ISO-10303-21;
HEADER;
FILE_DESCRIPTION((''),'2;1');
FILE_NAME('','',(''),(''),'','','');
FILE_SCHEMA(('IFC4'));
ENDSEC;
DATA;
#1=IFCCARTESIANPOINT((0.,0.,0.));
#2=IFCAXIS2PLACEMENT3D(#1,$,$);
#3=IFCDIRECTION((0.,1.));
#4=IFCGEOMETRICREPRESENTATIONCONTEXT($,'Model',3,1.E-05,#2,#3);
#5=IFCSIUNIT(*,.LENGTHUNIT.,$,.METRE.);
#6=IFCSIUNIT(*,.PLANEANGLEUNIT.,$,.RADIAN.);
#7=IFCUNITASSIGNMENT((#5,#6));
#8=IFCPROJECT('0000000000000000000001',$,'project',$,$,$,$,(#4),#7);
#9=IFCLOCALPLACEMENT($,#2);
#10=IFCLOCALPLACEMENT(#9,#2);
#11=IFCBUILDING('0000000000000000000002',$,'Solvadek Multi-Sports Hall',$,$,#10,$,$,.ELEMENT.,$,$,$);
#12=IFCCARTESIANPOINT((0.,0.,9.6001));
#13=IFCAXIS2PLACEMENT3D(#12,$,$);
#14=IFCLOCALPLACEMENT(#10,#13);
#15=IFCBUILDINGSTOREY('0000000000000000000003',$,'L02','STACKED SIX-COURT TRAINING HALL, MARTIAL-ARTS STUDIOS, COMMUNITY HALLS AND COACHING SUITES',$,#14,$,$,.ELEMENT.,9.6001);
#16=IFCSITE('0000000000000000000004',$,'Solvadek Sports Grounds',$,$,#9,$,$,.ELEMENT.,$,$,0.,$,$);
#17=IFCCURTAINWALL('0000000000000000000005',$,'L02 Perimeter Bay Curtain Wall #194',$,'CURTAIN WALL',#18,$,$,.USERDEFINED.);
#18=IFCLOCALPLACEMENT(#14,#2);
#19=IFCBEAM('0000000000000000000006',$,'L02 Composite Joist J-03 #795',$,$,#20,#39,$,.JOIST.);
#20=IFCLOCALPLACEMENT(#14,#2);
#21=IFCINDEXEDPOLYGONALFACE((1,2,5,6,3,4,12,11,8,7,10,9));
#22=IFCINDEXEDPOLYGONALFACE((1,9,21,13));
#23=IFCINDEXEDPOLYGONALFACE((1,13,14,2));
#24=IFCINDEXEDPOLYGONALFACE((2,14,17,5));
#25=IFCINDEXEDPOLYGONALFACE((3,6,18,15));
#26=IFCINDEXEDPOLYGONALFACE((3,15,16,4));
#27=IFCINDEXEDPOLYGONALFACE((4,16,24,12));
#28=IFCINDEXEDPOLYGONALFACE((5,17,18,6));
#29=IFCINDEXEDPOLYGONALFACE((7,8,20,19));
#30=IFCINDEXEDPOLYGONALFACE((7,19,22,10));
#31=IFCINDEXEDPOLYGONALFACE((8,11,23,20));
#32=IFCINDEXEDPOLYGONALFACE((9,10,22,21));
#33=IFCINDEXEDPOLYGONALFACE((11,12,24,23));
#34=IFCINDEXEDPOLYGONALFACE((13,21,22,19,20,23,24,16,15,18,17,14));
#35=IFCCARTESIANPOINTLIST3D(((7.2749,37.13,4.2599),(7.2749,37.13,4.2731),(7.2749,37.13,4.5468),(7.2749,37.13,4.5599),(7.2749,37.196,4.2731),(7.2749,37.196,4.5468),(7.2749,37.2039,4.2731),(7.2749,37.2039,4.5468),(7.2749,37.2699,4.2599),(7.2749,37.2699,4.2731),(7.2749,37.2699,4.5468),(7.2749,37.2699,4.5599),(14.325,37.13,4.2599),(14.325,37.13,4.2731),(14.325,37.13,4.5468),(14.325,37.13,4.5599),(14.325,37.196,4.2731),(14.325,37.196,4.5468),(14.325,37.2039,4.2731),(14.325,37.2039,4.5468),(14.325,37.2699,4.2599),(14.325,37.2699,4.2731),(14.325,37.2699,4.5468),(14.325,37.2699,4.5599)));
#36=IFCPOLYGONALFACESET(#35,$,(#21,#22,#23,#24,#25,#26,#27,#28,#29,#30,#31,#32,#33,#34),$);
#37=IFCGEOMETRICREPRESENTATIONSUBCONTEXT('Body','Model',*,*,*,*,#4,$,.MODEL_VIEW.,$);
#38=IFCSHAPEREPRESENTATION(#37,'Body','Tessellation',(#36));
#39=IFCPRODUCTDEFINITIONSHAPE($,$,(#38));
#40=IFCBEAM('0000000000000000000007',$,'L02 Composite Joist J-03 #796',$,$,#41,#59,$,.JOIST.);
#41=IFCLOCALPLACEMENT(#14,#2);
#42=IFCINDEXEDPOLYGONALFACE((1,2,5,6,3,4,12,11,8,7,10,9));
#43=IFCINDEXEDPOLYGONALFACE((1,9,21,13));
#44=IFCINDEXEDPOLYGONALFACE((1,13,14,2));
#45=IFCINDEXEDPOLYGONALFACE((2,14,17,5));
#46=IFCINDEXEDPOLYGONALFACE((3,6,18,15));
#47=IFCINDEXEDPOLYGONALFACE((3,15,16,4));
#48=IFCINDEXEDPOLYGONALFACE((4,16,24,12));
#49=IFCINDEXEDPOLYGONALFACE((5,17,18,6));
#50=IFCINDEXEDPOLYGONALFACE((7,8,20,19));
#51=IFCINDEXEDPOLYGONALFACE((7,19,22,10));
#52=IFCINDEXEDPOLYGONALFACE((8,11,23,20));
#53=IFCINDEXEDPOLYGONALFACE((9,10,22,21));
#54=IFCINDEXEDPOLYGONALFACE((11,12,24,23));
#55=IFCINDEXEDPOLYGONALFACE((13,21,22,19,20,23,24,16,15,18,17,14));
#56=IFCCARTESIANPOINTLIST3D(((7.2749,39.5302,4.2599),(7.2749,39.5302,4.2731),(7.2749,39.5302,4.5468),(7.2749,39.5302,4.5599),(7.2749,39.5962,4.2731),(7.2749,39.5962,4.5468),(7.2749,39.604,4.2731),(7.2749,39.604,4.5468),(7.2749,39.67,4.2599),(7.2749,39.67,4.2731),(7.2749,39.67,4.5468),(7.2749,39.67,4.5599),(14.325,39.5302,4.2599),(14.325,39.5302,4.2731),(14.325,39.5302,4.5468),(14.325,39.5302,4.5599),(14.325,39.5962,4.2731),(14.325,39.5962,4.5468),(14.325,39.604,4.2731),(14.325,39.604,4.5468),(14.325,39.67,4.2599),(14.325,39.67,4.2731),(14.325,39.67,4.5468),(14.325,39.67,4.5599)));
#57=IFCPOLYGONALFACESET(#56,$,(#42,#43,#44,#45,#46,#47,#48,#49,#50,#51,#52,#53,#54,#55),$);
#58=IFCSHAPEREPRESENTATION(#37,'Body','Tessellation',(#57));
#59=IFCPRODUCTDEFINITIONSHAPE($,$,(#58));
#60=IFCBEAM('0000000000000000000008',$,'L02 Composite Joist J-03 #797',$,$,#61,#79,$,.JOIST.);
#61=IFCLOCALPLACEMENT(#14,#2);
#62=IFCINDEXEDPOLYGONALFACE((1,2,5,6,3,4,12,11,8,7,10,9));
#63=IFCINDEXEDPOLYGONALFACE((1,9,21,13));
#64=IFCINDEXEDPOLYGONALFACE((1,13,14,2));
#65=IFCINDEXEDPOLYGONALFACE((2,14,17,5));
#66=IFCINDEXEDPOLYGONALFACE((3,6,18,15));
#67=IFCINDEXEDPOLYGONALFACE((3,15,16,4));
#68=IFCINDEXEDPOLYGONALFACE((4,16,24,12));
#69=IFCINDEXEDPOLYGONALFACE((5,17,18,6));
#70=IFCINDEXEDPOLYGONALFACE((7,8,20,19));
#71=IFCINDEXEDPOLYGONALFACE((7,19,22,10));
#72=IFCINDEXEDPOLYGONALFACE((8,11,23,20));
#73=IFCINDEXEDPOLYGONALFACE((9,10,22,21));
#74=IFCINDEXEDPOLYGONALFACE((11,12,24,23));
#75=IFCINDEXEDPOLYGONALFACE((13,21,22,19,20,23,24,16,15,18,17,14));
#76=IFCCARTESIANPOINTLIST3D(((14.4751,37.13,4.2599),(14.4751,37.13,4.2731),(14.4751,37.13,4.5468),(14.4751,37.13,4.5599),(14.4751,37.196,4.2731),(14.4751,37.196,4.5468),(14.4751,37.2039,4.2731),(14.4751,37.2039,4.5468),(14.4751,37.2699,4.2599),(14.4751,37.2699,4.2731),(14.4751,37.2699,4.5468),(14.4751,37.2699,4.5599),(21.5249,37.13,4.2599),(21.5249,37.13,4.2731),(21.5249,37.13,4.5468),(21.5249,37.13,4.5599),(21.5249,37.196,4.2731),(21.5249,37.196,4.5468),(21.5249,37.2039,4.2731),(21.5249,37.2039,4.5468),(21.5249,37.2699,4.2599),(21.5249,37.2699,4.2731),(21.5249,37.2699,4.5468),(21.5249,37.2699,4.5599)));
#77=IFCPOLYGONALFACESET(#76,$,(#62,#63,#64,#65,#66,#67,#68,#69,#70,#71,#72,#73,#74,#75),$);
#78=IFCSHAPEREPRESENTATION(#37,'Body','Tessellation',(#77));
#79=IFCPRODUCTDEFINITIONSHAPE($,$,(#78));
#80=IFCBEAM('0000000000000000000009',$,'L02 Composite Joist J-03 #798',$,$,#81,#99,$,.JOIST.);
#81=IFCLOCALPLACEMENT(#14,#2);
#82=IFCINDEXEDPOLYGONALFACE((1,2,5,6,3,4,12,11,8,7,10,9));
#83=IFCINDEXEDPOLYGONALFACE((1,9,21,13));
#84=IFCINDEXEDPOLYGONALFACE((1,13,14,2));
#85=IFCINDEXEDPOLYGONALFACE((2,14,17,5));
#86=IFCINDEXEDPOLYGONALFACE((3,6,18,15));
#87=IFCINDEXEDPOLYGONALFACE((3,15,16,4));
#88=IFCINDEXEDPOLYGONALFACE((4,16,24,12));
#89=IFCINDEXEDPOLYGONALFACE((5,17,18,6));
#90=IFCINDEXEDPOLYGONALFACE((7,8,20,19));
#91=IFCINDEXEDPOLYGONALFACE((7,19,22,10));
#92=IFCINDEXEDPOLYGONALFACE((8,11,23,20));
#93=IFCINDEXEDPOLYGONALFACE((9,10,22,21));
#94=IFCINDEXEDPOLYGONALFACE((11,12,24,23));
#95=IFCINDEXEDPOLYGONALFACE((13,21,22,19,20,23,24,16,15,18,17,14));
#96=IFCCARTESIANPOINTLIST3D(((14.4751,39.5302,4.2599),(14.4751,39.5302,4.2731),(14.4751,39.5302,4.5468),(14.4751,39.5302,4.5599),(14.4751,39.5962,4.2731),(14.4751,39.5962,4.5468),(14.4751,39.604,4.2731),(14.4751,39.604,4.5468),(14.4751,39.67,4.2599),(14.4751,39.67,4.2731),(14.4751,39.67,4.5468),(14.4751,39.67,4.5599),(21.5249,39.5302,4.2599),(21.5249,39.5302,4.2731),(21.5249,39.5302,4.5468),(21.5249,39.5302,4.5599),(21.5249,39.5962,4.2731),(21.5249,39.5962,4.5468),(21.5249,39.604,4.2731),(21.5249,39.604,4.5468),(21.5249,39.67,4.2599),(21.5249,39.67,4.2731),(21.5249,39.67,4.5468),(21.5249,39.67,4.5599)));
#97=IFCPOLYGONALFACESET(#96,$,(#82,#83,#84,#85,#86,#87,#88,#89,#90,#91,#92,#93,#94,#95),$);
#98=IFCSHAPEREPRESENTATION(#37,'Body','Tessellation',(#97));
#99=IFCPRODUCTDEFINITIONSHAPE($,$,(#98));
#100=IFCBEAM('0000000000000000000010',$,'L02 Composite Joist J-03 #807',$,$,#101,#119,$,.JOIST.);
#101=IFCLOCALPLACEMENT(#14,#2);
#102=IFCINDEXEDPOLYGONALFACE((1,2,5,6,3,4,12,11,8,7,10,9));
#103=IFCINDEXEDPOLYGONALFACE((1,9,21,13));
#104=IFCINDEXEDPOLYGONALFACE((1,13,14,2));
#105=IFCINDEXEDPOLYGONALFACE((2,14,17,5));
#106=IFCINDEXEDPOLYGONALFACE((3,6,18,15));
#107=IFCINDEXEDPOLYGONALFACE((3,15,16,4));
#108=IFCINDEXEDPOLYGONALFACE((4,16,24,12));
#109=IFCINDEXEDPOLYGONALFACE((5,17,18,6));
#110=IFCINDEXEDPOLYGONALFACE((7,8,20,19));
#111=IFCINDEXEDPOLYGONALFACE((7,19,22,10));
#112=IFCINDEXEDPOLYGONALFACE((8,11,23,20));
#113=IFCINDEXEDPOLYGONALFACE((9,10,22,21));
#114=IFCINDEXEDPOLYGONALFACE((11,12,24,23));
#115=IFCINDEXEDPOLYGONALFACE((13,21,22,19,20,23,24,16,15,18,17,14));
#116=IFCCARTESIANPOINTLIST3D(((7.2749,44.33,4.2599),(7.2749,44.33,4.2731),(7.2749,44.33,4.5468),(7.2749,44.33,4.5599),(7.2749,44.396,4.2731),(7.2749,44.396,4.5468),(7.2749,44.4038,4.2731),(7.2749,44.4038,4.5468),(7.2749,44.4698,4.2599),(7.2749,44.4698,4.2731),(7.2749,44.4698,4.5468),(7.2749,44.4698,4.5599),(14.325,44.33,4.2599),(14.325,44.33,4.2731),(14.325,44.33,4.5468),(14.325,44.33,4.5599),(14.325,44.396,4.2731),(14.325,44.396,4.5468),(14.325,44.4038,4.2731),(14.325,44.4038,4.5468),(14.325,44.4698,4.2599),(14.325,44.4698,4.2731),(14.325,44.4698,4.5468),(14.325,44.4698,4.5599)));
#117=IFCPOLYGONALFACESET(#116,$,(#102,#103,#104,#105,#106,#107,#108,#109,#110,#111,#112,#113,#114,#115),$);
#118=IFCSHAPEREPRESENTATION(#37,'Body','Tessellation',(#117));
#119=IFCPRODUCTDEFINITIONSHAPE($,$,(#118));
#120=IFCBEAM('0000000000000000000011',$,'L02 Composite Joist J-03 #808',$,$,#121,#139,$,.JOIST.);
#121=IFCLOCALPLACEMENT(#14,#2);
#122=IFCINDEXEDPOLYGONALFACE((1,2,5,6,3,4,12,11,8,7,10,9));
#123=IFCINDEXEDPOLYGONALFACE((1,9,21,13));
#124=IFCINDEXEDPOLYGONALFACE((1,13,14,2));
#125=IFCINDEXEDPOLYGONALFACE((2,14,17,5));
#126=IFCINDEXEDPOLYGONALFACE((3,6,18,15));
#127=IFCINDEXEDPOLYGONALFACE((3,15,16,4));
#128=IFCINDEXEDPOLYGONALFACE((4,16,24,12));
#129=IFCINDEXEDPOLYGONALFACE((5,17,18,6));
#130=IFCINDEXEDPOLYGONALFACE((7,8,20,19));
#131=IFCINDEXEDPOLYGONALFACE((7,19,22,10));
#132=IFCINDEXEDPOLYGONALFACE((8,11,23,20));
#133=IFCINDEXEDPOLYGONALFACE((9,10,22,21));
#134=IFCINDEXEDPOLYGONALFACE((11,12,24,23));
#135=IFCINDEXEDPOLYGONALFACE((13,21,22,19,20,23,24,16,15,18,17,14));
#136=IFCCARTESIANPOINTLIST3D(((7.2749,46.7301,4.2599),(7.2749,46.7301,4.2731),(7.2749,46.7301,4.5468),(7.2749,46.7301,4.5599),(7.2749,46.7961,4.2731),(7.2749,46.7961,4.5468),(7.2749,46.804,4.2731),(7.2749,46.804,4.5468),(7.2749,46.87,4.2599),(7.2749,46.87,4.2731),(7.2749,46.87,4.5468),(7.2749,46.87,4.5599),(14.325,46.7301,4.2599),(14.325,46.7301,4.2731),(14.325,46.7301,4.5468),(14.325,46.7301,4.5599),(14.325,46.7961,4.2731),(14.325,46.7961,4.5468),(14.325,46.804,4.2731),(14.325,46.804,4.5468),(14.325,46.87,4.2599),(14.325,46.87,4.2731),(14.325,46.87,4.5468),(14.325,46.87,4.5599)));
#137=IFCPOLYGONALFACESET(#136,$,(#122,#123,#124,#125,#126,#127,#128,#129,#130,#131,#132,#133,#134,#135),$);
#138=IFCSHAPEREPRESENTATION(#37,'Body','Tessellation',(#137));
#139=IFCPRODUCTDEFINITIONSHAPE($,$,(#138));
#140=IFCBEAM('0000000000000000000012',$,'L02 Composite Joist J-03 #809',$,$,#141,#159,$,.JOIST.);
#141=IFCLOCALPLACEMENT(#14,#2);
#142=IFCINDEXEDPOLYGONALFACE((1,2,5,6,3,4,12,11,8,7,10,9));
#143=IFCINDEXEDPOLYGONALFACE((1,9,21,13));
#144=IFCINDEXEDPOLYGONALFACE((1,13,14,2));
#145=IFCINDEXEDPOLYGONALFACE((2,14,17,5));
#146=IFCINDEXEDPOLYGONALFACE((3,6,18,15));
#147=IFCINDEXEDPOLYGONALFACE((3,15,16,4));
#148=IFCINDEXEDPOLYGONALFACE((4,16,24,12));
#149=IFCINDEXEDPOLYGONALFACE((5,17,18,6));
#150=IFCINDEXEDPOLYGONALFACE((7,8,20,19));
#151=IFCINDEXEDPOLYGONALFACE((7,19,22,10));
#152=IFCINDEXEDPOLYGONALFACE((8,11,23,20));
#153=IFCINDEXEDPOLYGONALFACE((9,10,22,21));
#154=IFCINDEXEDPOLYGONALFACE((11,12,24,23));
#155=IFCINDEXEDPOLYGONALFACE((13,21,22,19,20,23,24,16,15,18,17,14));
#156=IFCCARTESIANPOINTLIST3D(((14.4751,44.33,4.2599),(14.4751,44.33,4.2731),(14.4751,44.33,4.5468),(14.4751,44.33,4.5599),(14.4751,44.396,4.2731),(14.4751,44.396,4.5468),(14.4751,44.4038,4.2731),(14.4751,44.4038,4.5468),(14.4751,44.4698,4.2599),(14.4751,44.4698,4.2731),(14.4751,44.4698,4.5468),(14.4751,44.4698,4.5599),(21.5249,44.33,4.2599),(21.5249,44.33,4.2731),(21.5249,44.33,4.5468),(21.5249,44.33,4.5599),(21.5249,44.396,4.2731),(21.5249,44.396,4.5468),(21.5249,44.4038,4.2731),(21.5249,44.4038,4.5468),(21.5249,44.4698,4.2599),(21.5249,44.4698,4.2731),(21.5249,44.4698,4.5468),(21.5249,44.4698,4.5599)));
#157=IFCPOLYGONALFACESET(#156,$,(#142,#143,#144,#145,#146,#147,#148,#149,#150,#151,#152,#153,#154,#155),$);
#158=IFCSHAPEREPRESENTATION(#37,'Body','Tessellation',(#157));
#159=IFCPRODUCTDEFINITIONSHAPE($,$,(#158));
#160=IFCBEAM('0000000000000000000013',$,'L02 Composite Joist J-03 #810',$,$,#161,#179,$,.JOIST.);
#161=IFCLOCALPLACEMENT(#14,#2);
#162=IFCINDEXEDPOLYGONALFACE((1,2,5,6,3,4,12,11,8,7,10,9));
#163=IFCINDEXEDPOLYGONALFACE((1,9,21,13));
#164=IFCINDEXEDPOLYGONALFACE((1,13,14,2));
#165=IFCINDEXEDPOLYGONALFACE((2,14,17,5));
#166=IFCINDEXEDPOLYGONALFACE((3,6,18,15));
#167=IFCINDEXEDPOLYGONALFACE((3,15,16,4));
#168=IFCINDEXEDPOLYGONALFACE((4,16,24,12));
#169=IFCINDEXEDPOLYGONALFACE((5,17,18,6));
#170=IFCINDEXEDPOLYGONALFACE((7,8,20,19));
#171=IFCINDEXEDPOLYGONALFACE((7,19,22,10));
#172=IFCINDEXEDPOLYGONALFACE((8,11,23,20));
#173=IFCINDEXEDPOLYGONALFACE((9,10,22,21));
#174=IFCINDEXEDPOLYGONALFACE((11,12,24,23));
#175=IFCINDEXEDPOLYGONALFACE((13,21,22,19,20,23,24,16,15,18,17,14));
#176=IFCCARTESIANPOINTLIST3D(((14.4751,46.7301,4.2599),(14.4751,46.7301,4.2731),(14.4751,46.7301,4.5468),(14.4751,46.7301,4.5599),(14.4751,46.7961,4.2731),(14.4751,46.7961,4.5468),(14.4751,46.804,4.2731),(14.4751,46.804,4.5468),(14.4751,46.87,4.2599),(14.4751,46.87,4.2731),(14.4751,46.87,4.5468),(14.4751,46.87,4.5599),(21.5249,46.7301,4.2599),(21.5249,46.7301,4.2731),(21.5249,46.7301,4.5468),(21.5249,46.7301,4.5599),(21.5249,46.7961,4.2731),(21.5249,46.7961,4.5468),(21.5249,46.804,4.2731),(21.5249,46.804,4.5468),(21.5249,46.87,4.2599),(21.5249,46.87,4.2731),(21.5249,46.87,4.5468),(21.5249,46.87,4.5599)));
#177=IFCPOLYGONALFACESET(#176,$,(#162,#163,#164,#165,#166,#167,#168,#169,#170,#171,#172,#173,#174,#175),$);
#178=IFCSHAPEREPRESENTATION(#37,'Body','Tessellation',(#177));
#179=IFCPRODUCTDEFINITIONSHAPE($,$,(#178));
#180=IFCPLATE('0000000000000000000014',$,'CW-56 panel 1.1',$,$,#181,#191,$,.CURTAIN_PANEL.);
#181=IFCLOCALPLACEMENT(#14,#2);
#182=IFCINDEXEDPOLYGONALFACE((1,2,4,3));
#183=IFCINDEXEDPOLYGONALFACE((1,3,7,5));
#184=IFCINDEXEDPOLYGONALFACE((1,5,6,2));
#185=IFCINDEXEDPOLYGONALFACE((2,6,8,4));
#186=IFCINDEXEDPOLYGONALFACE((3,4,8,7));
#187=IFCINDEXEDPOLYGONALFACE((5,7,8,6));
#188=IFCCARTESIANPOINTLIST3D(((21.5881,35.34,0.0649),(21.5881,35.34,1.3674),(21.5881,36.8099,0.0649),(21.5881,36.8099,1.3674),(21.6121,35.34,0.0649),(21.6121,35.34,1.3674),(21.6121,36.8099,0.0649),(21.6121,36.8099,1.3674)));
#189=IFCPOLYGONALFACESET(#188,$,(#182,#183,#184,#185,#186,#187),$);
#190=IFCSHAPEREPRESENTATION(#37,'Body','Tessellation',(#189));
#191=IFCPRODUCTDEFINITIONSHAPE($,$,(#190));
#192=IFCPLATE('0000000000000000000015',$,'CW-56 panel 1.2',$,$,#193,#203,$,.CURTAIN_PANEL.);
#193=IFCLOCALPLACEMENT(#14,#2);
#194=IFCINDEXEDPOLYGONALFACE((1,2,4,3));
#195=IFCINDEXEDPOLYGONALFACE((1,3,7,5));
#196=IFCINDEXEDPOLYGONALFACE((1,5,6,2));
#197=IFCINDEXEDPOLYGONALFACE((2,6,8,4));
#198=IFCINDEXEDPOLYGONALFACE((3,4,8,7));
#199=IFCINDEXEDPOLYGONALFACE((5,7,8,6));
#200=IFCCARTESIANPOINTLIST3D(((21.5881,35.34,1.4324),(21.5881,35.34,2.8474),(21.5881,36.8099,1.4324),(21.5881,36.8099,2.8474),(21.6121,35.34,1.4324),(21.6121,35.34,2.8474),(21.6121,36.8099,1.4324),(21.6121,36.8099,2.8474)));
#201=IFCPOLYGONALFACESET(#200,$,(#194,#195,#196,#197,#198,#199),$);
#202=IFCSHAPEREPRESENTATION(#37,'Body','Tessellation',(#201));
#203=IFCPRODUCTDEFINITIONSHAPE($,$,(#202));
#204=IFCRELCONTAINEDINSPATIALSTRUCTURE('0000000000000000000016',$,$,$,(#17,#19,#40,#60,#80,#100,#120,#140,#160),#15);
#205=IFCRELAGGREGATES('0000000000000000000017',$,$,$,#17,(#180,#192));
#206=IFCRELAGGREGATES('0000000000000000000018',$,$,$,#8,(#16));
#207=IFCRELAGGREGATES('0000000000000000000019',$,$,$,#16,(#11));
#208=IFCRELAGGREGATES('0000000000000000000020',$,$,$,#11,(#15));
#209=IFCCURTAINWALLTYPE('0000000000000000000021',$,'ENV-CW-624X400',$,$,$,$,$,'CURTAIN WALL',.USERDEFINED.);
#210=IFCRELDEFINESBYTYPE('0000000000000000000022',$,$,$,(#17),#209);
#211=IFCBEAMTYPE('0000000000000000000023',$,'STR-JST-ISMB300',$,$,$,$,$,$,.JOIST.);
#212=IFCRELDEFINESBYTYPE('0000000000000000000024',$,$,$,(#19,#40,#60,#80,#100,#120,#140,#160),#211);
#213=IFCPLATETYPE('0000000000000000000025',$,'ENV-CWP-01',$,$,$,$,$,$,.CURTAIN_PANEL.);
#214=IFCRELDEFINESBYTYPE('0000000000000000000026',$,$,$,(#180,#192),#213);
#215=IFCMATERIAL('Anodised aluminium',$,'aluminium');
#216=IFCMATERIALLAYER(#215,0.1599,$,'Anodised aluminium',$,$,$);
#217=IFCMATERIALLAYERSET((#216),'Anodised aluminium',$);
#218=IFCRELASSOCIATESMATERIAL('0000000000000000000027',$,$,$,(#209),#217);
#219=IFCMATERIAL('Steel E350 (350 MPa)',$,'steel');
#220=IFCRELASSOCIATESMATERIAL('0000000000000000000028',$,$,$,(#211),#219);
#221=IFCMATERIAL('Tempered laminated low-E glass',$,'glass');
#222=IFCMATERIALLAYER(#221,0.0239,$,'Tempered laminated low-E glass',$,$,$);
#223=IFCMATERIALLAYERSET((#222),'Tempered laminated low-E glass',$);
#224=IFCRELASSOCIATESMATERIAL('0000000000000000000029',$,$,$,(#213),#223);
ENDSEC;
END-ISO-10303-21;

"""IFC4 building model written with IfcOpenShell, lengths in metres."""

from ifc_helpers import new_model, si_unit, direction, frame, origin, origin_2d, place, context, subcontext, project, spatial, rectangle, i_section, extrude, material, layer, layer_set, material_profile, profile_set, type_object, element, aggregate, save


model = new_model("IFC4")

# Units and contexts
model_context = context("Model", 3, precision=1e-05, world=origin(), true_north=direction((0.0, 1.0)))
body_context = subcontext(model_context, "Body", "Model", "MODEL_VIEW")
ifc_project = project(units=[si_unit("LENGTHUNIT", "METRE"), si_unit("PLANEANGLEUNIT", "RADIAN")], contexts=[model_context])

# Site, building, storey
site_placement = place(None, origin())
site = spatial("IfcSite", under=ifc_project, at=site_placement, Name="Solvadek Sports Grounds", CompositionType="ELEMENT", RefElevation=0.0)
building_placement = place(site_placement, origin())
building = spatial("IfcBuilding", under=site, at=building_placement, Name="Solvadek Multi-Sports Hall", CompositionType="ELEMENT")
storey_placement = place(building_placement, frame((0.0, 0.0, 9.6001)))
storey = spatial("IfcBuildingStorey", under=building, at=storey_placement, Name="L02", Description="STACKED SIX-COURT TRAINING HALL, MARTIAL-ARTS STUDIOS, COMMUNITY HALLS AND COACHING SUITES", CompositionType="ELEMENT", Elevation=9.6001)

# Shared definitions
ifc_material_1 = material(Name="Steel E350 (350 MPa)", Category="steel")

# Curtain wall
ifc_material_2 = material(Name="Anodised aluminium", Category="aluminium")
ifc_layer_1 = layer(ifc_material_2, 0.1599, Name="Anodised aluminium")
ifc_layer_set_1 = layer_set([ifc_layer_1], Name="Anodised aluminium")
curtain_wall_type = type_object("IfcCurtainWallType", Name="ENV-CW-624X400", ElementType="CURTAIN WALL", PredefinedType="USERDEFINED", material=ifc_layer_set_1)
curtain_wall_placement = place(storey_placement, origin())
curtain_wall = element("IfcCurtainWall", 1, at=curtain_wall_placement, inside=storey, type_object=curtain_wall_type, Name="L02 Perimeter Bay Curtain Wall #194", ObjectType="CURTAIN WALL", PredefinedType="USERDEFINED")

# Beams
ifc_material_profile_1 = material_profile(ifc_material_1, i_section(OverallWidth=0.1399, OverallDepth=0.3, WebThickness=0.0078, FlangeThickness=0.0132, at=origin_2d()), Name="ISMB 300")
ifc_profile_set_1 = profile_set([ifc_material_profile_1], Name="Steel E350 (350 MPa)")
beam_type_1 = type_object("IfcBeamType", Name="STR-JST-ISMB300", PredefinedType="JOIST", material=ifc_profile_set_1)
for number, where, z_axis, x_axis, name in (
    (2, (7.2749, 37.2, 4.4099), (1.0, 0.0, 0.0), (0.0, 1.0, 0.0), "L02 Composite Joist J-03 #795"),
    (3, (7.2749, 39.6001, 4.4099), (1.0, 0.0, 0.0), (0.0, 1.0, 0.0), "L02 Composite Joist J-03 #796"),
):
    element("IfcBeam", number, at=place(storey_placement, frame(where, z_axis=z_axis, x_axis=x_axis)), inside=storey, type_object=beam_type_1, Name=name, PredefinedType="JOIST", context=body_context, shape_type="SweptSolid", body=[
        extrude(i_section(OverallWidth=0.1399, OverallDepth=0.3, WebThickness=0.0078, FlangeThickness=0.0132, at=origin_2d()), origin(), (0.0, 0.0, 1.0), 7.05),
    ])
for number, where, z_axis, x_axis, name in (
    (4, (14.4751, 37.2, 4.4099), (1.0, 0.0, 0.0), (0.0, 1.0, 0.0), "L02 Composite Joist J-03 #797"),
    (5, (14.4751, 39.6001, 4.4099), (1.0, 0.0, 0.0), (0.0, 1.0, 0.0), "L02 Composite Joist J-03 #798"),
):
    element("IfcBeam", number, at=place(storey_placement, frame(where, z_axis=z_axis, x_axis=x_axis)), inside=storey, type_object=beam_type_1, Name=name, PredefinedType="JOIST", context=body_context, shape_type="SweptSolid", body=[
        extrude(i_section(OverallWidth=0.1399, OverallDepth=0.3, WebThickness=0.0078, FlangeThickness=0.0132, at=origin_2d()), origin(), (0.0, 0.0, 1.0), 7.0498),
    ])
for number, where, z_axis, x_axis, name in (
    (6, (7.2749, 44.3999, 4.4099), (1.0, 0.0, 0.0), (0.0, 1.0, 0.0), "L02 Composite Joist J-03 #807"),
    (7, (7.2749, 46.8, 4.4099), (1.0, 0.0, 0.0), (0.0, 1.0, 0.0), "L02 Composite Joist J-03 #808"),
):
    element("IfcBeam", number, at=place(storey_placement, frame(where, z_axis=z_axis, x_axis=x_axis)), inside=storey, type_object=beam_type_1, Name=name, PredefinedType="JOIST", context=body_context, shape_type="SweptSolid", body=[
        extrude(i_section(OverallWidth=0.1399, OverallDepth=0.3, WebThickness=0.0078, FlangeThickness=0.0132, at=origin_2d()), origin(), (0.0, 0.0, 1.0), 7.05),
    ])
for number, where, z_axis, x_axis, name in (
    (8, (14.4751, 44.3999, 4.4099), (1.0, 0.0, 0.0), (0.0, 1.0, 0.0), "L02 Composite Joist J-03 #809"),
    (9, (14.4751, 46.8, 4.4099), (1.0, 0.0, 0.0), (0.0, 1.0, 0.0), "L02 Composite Joist J-03 #810"),
):
    element("IfcBeam", number, at=place(storey_placement, frame(where, z_axis=z_axis, x_axis=x_axis)), inside=storey, type_object=beam_type_1, Name=name, PredefinedType="JOIST", context=body_context, shape_type="SweptSolid", body=[
        extrude(i_section(OverallWidth=0.1399, OverallDepth=0.3, WebThickness=0.0078, FlangeThickness=0.0132, at=origin_2d()), origin(), (0.0, 0.0, 1.0), 7.0498),
    ])

# Plates
ifc_material_3 = material(Name="Tempered laminated low-E glass", Category="glass")
ifc_layer_2 = layer(ifc_material_3, 0.0239, Name="Tempered laminated low-E glass")
ifc_layer_set_2 = layer_set([ifc_layer_2], Name="Tempered laminated low-E glass")
plate_type = type_object("IfcPlateType", Name="ENV-CWP-01", PredefinedType="CURTAIN_PANEL", material=ifc_layer_set_2)
plate_1_placement = place(storey_placement, frame((21.6001, 36.075, 0.0649), z_axis=(0.0, 0.0, 1.0), x_axis=(0.0, 1.0, 0.0)))
plate_1 = element("IfcPlate", 10, at=plate_1_placement, type_object=plate_type, Name="CW-56 panel 1.1", PredefinedType="CURTAIN_PANEL", context=body_context, shape_type="SweptSolid", body=[
    extrude(rectangle(XDim=1.47, YDim=0.0239, at=origin_2d()), origin(), (0.0, 0.0, 1.0), 1.3025),
])
plate_2_placement = place(storey_placement, frame((21.6001, 36.075, 1.4324), z_axis=(0.0, 0.0, 1.0), x_axis=(0.0, 1.0, 0.0)))
plate_2 = element("IfcPlate", 11, at=plate_2_placement, type_object=plate_type, Name="CW-56 panel 1.2", PredefinedType="CURTAIN_PANEL", context=body_context, shape_type="SweptSolid", body=[
    extrude(rectangle(XDim=1.47, YDim=0.0239, at=origin_2d()), origin(), (0.0, 0.0, 1.0), 1.415),
])
aggregate(curtain_wall, [plate_1, plate_2])

save(model, "model.ifc")
